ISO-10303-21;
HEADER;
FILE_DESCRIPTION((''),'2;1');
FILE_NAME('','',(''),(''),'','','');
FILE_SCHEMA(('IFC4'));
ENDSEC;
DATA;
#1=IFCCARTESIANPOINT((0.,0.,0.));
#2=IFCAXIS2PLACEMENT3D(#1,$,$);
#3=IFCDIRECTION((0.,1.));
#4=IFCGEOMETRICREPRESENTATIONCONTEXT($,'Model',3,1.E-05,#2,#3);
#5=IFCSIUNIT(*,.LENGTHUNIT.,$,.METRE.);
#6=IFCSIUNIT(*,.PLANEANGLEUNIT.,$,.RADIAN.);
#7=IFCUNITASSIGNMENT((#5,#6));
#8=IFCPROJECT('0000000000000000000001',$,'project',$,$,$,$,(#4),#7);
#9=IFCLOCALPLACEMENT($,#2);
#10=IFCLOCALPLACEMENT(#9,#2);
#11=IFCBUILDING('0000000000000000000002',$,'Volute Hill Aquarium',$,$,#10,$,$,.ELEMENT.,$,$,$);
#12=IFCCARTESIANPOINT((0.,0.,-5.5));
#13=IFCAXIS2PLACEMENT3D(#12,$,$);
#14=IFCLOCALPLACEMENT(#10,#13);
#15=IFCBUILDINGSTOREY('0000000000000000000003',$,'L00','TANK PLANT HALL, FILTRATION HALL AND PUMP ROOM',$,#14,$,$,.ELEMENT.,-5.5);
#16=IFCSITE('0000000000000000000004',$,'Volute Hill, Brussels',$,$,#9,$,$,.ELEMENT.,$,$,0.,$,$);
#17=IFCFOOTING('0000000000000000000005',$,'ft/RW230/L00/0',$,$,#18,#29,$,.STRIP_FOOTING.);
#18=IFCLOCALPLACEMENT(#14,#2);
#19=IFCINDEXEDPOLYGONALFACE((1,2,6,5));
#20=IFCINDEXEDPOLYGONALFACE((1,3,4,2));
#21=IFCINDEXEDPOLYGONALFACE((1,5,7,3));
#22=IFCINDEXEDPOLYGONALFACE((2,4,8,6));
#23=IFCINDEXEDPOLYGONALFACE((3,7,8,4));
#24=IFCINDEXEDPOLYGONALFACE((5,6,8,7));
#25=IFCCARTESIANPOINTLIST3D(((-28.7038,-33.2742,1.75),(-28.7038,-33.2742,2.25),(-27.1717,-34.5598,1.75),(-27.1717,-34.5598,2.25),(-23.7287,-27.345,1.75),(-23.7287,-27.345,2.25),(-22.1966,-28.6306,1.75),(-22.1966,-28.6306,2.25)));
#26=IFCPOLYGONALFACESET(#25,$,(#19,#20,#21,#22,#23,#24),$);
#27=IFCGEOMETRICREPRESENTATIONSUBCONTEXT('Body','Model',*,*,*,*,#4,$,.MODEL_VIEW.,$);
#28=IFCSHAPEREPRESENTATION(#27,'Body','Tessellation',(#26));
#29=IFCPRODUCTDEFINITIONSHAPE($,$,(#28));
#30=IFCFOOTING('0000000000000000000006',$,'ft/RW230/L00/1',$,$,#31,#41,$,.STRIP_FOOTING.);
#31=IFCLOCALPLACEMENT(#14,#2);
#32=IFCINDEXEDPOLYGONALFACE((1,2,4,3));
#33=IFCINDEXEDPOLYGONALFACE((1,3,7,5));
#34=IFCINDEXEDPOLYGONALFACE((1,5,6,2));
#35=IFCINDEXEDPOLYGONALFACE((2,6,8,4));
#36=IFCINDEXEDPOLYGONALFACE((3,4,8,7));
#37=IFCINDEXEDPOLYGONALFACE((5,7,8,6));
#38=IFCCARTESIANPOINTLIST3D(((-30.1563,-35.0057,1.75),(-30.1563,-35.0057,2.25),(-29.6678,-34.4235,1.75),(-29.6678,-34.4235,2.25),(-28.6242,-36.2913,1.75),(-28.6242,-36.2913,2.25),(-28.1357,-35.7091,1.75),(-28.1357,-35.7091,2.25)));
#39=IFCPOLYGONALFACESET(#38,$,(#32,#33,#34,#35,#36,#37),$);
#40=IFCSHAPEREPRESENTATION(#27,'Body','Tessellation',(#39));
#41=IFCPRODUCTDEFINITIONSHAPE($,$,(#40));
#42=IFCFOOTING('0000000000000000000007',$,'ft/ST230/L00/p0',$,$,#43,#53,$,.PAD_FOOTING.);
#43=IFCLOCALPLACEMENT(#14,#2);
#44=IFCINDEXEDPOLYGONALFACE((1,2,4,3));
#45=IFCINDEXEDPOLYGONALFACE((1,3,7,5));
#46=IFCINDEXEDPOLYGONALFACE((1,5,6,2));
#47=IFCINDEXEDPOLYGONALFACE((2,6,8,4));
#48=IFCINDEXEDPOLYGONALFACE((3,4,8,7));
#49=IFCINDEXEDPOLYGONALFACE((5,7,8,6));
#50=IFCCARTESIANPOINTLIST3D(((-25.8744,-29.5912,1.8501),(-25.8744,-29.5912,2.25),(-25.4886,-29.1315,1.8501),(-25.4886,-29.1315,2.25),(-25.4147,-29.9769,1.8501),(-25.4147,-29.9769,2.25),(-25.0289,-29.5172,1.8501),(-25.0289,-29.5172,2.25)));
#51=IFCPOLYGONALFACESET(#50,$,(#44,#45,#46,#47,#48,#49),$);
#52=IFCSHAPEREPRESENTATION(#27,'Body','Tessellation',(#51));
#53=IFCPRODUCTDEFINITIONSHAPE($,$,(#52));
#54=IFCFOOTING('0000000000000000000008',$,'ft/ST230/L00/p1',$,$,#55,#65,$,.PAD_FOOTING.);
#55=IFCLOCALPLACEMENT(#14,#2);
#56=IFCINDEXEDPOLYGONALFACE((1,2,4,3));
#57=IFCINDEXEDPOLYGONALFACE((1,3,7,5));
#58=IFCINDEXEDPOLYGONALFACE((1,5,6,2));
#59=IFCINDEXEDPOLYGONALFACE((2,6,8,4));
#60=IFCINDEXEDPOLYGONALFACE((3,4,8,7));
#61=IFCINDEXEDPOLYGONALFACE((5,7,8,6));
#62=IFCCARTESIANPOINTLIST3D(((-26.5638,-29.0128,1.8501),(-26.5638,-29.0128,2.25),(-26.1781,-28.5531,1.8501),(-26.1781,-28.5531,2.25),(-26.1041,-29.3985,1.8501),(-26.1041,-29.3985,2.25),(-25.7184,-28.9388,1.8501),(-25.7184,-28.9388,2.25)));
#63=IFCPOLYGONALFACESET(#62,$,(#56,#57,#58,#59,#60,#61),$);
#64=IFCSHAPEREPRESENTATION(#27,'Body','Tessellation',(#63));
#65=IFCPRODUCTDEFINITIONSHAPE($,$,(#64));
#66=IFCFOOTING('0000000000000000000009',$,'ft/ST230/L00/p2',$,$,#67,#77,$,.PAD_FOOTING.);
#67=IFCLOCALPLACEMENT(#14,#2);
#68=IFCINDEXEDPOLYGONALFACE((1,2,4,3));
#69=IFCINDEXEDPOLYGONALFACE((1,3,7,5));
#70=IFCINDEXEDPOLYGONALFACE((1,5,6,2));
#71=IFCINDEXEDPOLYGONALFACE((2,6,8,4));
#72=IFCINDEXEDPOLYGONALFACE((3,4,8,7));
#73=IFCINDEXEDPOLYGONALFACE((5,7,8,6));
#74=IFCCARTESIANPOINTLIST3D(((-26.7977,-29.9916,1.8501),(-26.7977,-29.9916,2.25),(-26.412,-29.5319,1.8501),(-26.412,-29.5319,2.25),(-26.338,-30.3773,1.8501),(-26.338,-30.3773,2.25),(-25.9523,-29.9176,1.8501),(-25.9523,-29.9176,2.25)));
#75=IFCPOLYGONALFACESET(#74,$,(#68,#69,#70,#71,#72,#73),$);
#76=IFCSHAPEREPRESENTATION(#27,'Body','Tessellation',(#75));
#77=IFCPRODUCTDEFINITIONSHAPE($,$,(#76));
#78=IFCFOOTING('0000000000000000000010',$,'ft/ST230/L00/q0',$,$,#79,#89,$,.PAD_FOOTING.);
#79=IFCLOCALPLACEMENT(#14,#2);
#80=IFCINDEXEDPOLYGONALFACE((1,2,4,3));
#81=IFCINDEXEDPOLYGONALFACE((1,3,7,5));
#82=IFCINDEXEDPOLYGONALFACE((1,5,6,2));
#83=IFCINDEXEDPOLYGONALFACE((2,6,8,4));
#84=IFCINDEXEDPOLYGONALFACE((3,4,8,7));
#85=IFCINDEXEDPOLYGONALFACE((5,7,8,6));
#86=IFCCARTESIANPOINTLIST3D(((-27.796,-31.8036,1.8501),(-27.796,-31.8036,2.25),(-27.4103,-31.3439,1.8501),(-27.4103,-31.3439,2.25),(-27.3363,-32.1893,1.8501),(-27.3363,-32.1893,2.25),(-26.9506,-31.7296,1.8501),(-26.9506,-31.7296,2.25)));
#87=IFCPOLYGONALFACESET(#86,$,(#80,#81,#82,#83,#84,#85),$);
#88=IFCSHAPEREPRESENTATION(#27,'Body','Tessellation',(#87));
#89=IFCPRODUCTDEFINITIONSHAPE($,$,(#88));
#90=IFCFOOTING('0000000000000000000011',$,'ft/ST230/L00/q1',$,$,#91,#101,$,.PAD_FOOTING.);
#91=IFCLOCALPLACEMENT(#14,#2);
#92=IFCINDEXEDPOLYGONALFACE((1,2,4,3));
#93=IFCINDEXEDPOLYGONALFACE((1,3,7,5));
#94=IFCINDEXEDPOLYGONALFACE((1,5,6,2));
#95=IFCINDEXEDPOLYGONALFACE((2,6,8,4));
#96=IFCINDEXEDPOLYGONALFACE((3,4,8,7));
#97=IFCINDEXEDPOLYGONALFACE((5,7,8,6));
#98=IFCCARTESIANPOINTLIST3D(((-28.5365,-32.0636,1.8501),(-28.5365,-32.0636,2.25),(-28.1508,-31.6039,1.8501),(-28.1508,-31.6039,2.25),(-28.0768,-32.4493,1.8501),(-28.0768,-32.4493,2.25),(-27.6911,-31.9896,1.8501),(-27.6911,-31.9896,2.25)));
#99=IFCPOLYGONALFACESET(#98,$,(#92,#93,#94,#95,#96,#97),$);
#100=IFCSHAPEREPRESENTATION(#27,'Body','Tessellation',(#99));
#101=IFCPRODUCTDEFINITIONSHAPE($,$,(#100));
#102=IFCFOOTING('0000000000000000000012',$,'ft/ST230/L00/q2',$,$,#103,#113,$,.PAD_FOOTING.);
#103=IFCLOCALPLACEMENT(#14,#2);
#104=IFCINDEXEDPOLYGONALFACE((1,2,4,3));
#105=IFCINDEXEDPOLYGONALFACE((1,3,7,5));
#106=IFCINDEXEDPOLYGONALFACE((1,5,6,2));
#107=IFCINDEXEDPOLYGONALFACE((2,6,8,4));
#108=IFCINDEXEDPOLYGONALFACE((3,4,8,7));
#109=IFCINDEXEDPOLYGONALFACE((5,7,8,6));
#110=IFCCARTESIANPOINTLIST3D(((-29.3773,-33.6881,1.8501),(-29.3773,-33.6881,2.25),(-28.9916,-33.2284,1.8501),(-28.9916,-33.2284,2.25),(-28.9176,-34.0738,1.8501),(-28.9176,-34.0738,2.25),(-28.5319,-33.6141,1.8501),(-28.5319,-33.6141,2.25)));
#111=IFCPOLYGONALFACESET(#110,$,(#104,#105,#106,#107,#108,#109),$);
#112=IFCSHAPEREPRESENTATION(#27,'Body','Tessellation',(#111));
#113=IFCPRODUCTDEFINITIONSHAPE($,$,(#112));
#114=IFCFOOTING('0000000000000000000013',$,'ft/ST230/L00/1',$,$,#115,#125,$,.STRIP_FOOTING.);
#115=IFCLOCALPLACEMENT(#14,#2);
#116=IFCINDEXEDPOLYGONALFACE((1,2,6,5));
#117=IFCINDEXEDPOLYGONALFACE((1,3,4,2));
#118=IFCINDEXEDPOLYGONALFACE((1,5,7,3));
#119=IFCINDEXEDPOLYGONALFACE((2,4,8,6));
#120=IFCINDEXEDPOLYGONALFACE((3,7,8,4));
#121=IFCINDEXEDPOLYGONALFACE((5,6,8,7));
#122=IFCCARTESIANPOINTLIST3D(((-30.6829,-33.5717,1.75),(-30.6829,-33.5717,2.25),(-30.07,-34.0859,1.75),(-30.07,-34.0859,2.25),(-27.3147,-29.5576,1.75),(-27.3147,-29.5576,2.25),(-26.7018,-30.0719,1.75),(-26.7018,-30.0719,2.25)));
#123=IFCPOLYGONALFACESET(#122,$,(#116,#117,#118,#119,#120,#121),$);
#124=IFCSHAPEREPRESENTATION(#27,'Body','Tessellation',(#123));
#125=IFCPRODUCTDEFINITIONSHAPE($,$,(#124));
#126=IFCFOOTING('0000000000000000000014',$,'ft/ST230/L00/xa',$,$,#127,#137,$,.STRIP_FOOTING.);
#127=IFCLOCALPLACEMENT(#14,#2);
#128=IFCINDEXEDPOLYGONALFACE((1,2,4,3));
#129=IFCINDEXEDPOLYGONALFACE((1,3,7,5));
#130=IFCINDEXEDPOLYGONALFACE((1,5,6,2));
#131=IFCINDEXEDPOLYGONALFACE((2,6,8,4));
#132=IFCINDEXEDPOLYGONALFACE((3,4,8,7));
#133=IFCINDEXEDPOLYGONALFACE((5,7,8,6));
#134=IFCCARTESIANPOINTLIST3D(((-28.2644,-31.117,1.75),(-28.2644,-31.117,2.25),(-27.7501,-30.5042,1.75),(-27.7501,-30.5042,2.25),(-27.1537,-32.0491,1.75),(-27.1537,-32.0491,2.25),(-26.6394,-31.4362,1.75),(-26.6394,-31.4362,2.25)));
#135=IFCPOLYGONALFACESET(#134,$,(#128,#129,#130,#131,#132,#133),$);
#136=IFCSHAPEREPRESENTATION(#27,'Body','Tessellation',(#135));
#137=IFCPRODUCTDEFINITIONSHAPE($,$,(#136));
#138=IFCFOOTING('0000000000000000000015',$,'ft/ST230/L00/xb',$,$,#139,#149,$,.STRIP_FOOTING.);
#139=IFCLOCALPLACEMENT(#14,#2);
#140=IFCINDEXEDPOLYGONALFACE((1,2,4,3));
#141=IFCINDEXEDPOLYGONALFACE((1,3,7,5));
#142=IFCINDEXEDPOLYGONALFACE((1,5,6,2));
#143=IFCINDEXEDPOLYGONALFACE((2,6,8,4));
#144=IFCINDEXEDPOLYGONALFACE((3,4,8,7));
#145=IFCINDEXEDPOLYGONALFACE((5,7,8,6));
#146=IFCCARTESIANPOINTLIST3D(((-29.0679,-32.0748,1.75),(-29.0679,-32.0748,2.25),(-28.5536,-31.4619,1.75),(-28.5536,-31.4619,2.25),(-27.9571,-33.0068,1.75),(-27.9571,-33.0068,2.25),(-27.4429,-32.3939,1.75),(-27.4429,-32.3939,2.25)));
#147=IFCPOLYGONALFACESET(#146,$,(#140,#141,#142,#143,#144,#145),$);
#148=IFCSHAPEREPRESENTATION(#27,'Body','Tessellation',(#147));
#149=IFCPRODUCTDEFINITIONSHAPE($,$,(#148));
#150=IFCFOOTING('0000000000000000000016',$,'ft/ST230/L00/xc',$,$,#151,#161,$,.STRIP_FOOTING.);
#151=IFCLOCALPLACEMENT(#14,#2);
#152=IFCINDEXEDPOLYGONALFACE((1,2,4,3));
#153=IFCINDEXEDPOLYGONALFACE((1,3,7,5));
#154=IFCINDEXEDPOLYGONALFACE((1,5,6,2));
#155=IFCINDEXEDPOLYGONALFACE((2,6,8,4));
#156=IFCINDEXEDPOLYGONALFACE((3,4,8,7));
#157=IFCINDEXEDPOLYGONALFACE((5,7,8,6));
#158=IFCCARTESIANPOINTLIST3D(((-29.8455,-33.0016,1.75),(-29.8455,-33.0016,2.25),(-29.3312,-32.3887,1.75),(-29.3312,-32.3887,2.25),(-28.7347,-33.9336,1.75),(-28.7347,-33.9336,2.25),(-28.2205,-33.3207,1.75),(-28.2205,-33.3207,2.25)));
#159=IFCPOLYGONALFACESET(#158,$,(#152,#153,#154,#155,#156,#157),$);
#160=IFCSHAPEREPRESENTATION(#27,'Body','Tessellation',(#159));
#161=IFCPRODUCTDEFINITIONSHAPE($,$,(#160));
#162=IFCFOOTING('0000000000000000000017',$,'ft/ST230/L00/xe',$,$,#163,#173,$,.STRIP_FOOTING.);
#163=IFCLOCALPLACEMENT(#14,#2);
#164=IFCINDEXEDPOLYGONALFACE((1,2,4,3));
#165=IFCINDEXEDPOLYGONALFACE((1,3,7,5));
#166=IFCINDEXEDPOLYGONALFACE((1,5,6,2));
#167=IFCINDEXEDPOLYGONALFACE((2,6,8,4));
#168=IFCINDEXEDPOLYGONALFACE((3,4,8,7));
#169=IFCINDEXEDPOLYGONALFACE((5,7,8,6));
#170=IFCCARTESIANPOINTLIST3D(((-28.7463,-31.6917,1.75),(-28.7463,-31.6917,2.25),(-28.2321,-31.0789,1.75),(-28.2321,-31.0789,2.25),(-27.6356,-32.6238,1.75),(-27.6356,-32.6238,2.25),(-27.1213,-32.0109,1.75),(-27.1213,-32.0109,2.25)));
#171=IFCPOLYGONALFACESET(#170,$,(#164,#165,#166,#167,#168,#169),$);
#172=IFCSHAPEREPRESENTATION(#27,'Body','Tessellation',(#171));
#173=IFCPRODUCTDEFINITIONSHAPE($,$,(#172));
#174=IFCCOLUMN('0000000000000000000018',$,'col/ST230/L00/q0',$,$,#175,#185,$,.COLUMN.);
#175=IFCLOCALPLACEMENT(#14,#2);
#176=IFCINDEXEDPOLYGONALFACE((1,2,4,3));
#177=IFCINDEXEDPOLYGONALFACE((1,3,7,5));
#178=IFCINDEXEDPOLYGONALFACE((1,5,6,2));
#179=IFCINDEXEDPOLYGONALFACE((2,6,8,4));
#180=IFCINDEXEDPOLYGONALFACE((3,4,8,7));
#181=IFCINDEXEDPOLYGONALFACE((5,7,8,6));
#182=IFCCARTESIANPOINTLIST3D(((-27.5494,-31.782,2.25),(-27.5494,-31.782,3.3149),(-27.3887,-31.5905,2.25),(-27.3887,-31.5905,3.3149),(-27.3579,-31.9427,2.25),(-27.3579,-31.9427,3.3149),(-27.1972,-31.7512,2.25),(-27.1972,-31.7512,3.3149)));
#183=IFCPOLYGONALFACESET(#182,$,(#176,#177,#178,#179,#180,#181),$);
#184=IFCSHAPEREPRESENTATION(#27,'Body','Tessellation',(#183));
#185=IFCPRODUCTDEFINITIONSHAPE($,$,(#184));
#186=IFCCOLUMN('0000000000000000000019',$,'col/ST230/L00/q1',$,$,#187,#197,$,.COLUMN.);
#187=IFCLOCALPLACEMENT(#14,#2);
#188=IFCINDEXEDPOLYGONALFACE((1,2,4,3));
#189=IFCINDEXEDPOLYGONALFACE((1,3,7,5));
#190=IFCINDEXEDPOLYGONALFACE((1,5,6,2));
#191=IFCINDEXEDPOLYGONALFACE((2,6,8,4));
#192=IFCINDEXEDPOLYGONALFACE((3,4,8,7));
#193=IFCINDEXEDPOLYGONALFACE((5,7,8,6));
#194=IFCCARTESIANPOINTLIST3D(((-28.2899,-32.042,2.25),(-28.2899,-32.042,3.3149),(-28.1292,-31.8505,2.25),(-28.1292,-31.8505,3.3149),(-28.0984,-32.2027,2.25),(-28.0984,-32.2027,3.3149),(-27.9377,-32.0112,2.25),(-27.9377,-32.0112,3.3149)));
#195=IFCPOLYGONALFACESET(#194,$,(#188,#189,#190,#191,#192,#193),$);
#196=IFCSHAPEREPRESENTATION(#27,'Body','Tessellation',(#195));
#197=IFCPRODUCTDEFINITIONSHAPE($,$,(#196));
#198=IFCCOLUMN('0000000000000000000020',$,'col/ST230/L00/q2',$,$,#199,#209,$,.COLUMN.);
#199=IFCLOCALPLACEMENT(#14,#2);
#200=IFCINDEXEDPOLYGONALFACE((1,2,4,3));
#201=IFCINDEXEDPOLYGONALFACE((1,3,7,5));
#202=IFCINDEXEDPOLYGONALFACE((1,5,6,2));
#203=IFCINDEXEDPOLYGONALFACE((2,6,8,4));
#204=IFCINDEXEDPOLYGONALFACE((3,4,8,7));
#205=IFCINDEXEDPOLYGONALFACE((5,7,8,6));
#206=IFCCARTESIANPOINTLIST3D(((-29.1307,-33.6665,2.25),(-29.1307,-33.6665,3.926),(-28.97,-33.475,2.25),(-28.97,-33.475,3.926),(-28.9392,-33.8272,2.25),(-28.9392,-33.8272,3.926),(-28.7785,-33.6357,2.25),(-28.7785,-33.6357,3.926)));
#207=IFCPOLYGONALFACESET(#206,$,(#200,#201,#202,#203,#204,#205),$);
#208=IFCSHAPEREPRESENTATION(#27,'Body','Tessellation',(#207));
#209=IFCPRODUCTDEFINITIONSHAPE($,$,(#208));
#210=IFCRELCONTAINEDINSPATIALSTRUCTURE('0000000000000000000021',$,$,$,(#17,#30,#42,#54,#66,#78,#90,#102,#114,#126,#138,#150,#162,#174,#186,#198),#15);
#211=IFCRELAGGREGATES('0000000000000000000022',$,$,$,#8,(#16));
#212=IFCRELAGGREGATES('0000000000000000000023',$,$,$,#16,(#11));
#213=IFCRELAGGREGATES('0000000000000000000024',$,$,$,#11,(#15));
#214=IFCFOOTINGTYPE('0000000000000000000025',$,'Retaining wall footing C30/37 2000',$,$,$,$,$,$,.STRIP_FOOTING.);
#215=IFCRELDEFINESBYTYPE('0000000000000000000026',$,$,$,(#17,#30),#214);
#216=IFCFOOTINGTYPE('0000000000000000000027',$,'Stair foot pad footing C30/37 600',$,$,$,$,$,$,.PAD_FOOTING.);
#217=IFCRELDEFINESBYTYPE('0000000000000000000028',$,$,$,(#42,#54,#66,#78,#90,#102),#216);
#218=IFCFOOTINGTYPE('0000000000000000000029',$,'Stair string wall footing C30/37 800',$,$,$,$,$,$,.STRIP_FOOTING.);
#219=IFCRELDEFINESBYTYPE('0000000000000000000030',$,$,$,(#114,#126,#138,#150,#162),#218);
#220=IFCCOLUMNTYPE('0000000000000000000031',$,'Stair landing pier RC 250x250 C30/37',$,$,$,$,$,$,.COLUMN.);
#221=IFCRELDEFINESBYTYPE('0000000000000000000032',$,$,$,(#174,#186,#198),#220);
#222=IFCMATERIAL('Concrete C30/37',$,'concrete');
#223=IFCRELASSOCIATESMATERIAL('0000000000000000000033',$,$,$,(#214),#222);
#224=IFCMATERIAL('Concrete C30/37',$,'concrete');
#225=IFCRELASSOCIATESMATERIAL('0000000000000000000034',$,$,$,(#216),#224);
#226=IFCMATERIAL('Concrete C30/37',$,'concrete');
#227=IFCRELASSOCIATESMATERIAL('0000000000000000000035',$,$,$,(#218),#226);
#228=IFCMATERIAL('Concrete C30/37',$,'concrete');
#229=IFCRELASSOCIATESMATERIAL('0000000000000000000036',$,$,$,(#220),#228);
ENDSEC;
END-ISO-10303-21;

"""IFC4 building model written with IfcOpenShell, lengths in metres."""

from ifc_helpers import new_model, si_unit, direction, frame, origin, origin_2d, place, context, subcontext, project, spatial, rectangle, extrude, material, material_profile, profile_set, type_object, element, save


model = new_model("IFC4")

# Units and contexts
model_context = context("Model", 3, precision=1e-05, world=origin(), true_north=direction((0.0, 1.0)))
body_context = subcontext(model_context, "Body", "Model", "MODEL_VIEW")
ifc_project = project(units=[si_unit("LENGTHUNIT", "METRE"), si_unit("PLANEANGLEUNIT", "RADIAN")], contexts=[model_context])

# Site, building, storey
site_placement = place(None, origin())
site = spatial("IfcSite", under=ifc_project, at=site_placement, Name="Volute Hill, Brussels", CompositionType="ELEMENT", RefElevation=0.0)
building_placement = place(site_placement, origin())
building = spatial("IfcBuilding", under=site, at=building_placement, Name="Volute Hill Aquarium", CompositionType="ELEMENT")
storey_placement = place(building_placement, frame((0.0, 0.0, -5.5)))
storey = spatial("IfcBuildingStorey", under=building, at=storey_placement, Name="L00", Description="TANK PLANT HALL, FILTRATION HALL AND PUMP ROOM", CompositionType="ELEMENT", Elevation=-5.5)

# Footings
ifc_material_1 = material(Name="Concrete C30/37", Category="concrete")
footing_type_1 = type_object("IfcFootingType", Name="Retaining wall footing C30/37 2000", PredefinedType="STRIP_FOOTING", material=ifc_material_1)
footing_1_placement = place(storey_placement, frame((-25.4502, -30.9524, 1.75), z_axis=(0.0, 0.0, 1.0), x_axis=(-0.642788, -0.766044, 0.0)))
element("IfcFooting", 1, at=footing_1_placement, inside=storey, type_object=footing_type_1, Name="ft/RW230/L00/0", PredefinedType="STRIP_FOOTING", context=body_context, shape_type="SweptSolid", body=[
    extrude(rectangle(XDim=7.74, YDim=2.0, at=origin_2d()), origin(), (0.0, 0.0, 1.0), 0.5),
])
footing_2_placement = place(storey_placement, frame((-29.146, -35.3574, 1.75), z_axis=(0.0, 0.0, 1.0), x_axis=(-0.642788, -0.766044, 0.0)))
element("IfcFooting", 2, at=footing_2_placement, inside=storey, type_object=footing_type_1, Name="ft/RW230/L00/1", PredefinedType="STRIP_FOOTING", context=body_context, shape_type="SweptSolid", body=[
    extrude(rectangle(XDim=0.76, YDim=2.0, at=origin_2d()), origin(), (0.0, 0.0, 1.0), 0.5),
])
ifc_material_2 = material(Name="Concrete C30/37", Category="concrete")
footing_type_2 = type_object("IfcFootingType", Name="Stair foot pad footing C30/37 600", PredefinedType="PAD_FOOTING", material=ifc_material_2)
for number, where, z_axis, x_axis, name in (
    (3, (-25.4517, -29.5542, 1.8501), (0.0, 0.0, 1.0), (-0.642788, -0.766044, 0.0), "ft/ST230/L00/p0"),
    (4, (-26.1411, -28.9758, 1.8501), (0.0, 0.0, 1.0), (-0.642788, -0.766044, 0.0), "ft/ST230/L00/p1"),
    (5, (-26.375, -29.9546, 1.8501), (0.0, 0.0, 1.0), (-0.642788, -0.766044, 0.0), "ft/ST230/L00/p2"),
    (6, (-27.3733, -31.7666, 1.8501), (0.0, 0.0, 1.0), (-0.642788, -0.766044, 0.0), "ft/ST230/L00/q0"),
    (7, (-28.1138, -32.0266, 1.8501), (0.0, 0.0, 1.0), (-0.642788, -0.766044, 0.0), "ft/ST230/L00/q1"),
    (8, (-28.9546, -33.6511, 1.8501), (0.0, 0.0, 1.0), (-0.642788, -0.766044, 0.0), "ft/ST230/L00/q2"),
):
    element("IfcFooting", number, at=place(storey_placement, frame(where, z_axis=z_axis, x_axis=x_axis)), inside=storey, type_object=footing_type_2, Name=name, PredefinedType="PAD_FOOTING", context=body_context, shape_type="SweptSolid", body=[
        extrude(rectangle(XDim=0.6001, YDim=0.6001, at=origin_2d()), origin(), (0.0, 0.0, 1.0), 0.3999),
    ])
ifc_material_3 = material(Name="Concrete C30/37", Category="concrete")
footing_type_3 = type_object("IfcFootingType", Name="Stair string wall footing C30/37 800", PredefinedType="STRIP_FOOTING", material=ifc_material_3)
footing_3_placement = place(storey_placement, frame((-28.6924, -31.8218, 1.75), z_axis=(0.0, 0.0, 1.0), x_axis=(-0.642788, -0.766044, 0.0)))
element("IfcFooting", 9, at=footing_3_placement, inside=storey, type_object=footing_type_3, Name="ft/ST230/L00/1", PredefinedType="STRIP_FOOTING", context=body_context, shape_type="SweptSolid", body=[
    extrude(rectangle(XDim=5.24, YDim=0.8, at=origin_2d()), origin(), (0.0, 0.0, 1.0), 0.5),
])
for number, where, z_axis, x_axis, name in (
    (10, (-27.4519, -31.2766, 1.75), (0.0, 0.0, 1.0), (0.766044, -0.642788, 0.0), "ft/ST230/L00/xa"),
    (11, (-28.2554, -32.2344, 1.75), (0.0, 0.0, 1.0), (0.766044, -0.642788, 0.0), "ft/ST230/L00/xb"),
    (12, (-29.033, -33.1611, 1.75), (0.0, 0.0, 1.0), (0.766044, -0.642788, 0.0), "ft/ST230/L00/xc"),
    (13, (-27.9338, -31.8513, 1.75), (0.0, 0.0, 1.0), (0.766044, -0.642788, 0.0), "ft/ST230/L00/xe"),
):
    element("IfcFooting", number, at=place(storey_placement, frame(where, z_axis=z_axis, x_axis=x_axis)), inside=storey, type_object=footing_type_3, Name=name, PredefinedType="STRIP_FOOTING", context=body_context, shape_type="SweptSolid", body=[
        extrude(rectangle(XDim=1.45, YDim=0.8, at=origin_2d()), origin(), (0.0, 0.0, 1.0), 0.5),
    ])

# Columns
ifc_material_4 = material(Name="Concrete C30/37", Category="concrete")
ifc_material_profile = material_profile(ifc_material_4, rectangle(XDim=0.25, YDim=0.25, at=origin_2d()), Name="RC pier 250x250")
ifc_profile_set = profile_set([ifc_material_profile], Name="Concrete C30/37")
column_type = type_object("IfcColumnType", Name="Stair landing pier RC 250x250 C30/37", PredefinedType="COLUMN", material=ifc_profile_set)
for number, where, z_axis, x_axis, name in (
    (14, (-27.3733, -31.7666, 2.25), (0.0, 0.0, 1.0), (-0.642788, -0.766044, 0.0), "col/ST230/L00/q0"),
    (15, (-28.1138, -32.0266, 2.25), (0.0, 0.0, 1.0), (-0.642788, -0.766044, 0.0), "col/ST230/L00/q1"),
):
    element("IfcColumn", number, at=place(storey_placement, frame(where, z_axis=z_axis, x_axis=x_axis)), inside=storey, type_object=column_type, Name=name, PredefinedType="COLUMN", context=body_context, shape_type="SweptSolid", body=[
        extrude(rectangle(XDim=0.25, YDim=0.25, at=origin_2d()), origin(), (0.0, 0.0, 1.0), 1.0649),
    ])
column_placement = place(storey_placement, frame((-28.9546, -33.6511, 2.25), z_axis=(0.0, 0.0, 1.0), x_axis=(-0.642788, -0.766044, 0.0)))
element("IfcColumn", 16, at=column_placement, inside=storey, type_object=column_type, Name="col/ST230/L00/q2", PredefinedType="COLUMN", context=body_context, shape_type="SweptSolid", body=[
    extrude(rectangle(XDim=0.25, YDim=0.25, at=origin_2d()), origin(), (0.0, 0.0, 1.0), 1.676),
])

save(model, "model.ifc")
